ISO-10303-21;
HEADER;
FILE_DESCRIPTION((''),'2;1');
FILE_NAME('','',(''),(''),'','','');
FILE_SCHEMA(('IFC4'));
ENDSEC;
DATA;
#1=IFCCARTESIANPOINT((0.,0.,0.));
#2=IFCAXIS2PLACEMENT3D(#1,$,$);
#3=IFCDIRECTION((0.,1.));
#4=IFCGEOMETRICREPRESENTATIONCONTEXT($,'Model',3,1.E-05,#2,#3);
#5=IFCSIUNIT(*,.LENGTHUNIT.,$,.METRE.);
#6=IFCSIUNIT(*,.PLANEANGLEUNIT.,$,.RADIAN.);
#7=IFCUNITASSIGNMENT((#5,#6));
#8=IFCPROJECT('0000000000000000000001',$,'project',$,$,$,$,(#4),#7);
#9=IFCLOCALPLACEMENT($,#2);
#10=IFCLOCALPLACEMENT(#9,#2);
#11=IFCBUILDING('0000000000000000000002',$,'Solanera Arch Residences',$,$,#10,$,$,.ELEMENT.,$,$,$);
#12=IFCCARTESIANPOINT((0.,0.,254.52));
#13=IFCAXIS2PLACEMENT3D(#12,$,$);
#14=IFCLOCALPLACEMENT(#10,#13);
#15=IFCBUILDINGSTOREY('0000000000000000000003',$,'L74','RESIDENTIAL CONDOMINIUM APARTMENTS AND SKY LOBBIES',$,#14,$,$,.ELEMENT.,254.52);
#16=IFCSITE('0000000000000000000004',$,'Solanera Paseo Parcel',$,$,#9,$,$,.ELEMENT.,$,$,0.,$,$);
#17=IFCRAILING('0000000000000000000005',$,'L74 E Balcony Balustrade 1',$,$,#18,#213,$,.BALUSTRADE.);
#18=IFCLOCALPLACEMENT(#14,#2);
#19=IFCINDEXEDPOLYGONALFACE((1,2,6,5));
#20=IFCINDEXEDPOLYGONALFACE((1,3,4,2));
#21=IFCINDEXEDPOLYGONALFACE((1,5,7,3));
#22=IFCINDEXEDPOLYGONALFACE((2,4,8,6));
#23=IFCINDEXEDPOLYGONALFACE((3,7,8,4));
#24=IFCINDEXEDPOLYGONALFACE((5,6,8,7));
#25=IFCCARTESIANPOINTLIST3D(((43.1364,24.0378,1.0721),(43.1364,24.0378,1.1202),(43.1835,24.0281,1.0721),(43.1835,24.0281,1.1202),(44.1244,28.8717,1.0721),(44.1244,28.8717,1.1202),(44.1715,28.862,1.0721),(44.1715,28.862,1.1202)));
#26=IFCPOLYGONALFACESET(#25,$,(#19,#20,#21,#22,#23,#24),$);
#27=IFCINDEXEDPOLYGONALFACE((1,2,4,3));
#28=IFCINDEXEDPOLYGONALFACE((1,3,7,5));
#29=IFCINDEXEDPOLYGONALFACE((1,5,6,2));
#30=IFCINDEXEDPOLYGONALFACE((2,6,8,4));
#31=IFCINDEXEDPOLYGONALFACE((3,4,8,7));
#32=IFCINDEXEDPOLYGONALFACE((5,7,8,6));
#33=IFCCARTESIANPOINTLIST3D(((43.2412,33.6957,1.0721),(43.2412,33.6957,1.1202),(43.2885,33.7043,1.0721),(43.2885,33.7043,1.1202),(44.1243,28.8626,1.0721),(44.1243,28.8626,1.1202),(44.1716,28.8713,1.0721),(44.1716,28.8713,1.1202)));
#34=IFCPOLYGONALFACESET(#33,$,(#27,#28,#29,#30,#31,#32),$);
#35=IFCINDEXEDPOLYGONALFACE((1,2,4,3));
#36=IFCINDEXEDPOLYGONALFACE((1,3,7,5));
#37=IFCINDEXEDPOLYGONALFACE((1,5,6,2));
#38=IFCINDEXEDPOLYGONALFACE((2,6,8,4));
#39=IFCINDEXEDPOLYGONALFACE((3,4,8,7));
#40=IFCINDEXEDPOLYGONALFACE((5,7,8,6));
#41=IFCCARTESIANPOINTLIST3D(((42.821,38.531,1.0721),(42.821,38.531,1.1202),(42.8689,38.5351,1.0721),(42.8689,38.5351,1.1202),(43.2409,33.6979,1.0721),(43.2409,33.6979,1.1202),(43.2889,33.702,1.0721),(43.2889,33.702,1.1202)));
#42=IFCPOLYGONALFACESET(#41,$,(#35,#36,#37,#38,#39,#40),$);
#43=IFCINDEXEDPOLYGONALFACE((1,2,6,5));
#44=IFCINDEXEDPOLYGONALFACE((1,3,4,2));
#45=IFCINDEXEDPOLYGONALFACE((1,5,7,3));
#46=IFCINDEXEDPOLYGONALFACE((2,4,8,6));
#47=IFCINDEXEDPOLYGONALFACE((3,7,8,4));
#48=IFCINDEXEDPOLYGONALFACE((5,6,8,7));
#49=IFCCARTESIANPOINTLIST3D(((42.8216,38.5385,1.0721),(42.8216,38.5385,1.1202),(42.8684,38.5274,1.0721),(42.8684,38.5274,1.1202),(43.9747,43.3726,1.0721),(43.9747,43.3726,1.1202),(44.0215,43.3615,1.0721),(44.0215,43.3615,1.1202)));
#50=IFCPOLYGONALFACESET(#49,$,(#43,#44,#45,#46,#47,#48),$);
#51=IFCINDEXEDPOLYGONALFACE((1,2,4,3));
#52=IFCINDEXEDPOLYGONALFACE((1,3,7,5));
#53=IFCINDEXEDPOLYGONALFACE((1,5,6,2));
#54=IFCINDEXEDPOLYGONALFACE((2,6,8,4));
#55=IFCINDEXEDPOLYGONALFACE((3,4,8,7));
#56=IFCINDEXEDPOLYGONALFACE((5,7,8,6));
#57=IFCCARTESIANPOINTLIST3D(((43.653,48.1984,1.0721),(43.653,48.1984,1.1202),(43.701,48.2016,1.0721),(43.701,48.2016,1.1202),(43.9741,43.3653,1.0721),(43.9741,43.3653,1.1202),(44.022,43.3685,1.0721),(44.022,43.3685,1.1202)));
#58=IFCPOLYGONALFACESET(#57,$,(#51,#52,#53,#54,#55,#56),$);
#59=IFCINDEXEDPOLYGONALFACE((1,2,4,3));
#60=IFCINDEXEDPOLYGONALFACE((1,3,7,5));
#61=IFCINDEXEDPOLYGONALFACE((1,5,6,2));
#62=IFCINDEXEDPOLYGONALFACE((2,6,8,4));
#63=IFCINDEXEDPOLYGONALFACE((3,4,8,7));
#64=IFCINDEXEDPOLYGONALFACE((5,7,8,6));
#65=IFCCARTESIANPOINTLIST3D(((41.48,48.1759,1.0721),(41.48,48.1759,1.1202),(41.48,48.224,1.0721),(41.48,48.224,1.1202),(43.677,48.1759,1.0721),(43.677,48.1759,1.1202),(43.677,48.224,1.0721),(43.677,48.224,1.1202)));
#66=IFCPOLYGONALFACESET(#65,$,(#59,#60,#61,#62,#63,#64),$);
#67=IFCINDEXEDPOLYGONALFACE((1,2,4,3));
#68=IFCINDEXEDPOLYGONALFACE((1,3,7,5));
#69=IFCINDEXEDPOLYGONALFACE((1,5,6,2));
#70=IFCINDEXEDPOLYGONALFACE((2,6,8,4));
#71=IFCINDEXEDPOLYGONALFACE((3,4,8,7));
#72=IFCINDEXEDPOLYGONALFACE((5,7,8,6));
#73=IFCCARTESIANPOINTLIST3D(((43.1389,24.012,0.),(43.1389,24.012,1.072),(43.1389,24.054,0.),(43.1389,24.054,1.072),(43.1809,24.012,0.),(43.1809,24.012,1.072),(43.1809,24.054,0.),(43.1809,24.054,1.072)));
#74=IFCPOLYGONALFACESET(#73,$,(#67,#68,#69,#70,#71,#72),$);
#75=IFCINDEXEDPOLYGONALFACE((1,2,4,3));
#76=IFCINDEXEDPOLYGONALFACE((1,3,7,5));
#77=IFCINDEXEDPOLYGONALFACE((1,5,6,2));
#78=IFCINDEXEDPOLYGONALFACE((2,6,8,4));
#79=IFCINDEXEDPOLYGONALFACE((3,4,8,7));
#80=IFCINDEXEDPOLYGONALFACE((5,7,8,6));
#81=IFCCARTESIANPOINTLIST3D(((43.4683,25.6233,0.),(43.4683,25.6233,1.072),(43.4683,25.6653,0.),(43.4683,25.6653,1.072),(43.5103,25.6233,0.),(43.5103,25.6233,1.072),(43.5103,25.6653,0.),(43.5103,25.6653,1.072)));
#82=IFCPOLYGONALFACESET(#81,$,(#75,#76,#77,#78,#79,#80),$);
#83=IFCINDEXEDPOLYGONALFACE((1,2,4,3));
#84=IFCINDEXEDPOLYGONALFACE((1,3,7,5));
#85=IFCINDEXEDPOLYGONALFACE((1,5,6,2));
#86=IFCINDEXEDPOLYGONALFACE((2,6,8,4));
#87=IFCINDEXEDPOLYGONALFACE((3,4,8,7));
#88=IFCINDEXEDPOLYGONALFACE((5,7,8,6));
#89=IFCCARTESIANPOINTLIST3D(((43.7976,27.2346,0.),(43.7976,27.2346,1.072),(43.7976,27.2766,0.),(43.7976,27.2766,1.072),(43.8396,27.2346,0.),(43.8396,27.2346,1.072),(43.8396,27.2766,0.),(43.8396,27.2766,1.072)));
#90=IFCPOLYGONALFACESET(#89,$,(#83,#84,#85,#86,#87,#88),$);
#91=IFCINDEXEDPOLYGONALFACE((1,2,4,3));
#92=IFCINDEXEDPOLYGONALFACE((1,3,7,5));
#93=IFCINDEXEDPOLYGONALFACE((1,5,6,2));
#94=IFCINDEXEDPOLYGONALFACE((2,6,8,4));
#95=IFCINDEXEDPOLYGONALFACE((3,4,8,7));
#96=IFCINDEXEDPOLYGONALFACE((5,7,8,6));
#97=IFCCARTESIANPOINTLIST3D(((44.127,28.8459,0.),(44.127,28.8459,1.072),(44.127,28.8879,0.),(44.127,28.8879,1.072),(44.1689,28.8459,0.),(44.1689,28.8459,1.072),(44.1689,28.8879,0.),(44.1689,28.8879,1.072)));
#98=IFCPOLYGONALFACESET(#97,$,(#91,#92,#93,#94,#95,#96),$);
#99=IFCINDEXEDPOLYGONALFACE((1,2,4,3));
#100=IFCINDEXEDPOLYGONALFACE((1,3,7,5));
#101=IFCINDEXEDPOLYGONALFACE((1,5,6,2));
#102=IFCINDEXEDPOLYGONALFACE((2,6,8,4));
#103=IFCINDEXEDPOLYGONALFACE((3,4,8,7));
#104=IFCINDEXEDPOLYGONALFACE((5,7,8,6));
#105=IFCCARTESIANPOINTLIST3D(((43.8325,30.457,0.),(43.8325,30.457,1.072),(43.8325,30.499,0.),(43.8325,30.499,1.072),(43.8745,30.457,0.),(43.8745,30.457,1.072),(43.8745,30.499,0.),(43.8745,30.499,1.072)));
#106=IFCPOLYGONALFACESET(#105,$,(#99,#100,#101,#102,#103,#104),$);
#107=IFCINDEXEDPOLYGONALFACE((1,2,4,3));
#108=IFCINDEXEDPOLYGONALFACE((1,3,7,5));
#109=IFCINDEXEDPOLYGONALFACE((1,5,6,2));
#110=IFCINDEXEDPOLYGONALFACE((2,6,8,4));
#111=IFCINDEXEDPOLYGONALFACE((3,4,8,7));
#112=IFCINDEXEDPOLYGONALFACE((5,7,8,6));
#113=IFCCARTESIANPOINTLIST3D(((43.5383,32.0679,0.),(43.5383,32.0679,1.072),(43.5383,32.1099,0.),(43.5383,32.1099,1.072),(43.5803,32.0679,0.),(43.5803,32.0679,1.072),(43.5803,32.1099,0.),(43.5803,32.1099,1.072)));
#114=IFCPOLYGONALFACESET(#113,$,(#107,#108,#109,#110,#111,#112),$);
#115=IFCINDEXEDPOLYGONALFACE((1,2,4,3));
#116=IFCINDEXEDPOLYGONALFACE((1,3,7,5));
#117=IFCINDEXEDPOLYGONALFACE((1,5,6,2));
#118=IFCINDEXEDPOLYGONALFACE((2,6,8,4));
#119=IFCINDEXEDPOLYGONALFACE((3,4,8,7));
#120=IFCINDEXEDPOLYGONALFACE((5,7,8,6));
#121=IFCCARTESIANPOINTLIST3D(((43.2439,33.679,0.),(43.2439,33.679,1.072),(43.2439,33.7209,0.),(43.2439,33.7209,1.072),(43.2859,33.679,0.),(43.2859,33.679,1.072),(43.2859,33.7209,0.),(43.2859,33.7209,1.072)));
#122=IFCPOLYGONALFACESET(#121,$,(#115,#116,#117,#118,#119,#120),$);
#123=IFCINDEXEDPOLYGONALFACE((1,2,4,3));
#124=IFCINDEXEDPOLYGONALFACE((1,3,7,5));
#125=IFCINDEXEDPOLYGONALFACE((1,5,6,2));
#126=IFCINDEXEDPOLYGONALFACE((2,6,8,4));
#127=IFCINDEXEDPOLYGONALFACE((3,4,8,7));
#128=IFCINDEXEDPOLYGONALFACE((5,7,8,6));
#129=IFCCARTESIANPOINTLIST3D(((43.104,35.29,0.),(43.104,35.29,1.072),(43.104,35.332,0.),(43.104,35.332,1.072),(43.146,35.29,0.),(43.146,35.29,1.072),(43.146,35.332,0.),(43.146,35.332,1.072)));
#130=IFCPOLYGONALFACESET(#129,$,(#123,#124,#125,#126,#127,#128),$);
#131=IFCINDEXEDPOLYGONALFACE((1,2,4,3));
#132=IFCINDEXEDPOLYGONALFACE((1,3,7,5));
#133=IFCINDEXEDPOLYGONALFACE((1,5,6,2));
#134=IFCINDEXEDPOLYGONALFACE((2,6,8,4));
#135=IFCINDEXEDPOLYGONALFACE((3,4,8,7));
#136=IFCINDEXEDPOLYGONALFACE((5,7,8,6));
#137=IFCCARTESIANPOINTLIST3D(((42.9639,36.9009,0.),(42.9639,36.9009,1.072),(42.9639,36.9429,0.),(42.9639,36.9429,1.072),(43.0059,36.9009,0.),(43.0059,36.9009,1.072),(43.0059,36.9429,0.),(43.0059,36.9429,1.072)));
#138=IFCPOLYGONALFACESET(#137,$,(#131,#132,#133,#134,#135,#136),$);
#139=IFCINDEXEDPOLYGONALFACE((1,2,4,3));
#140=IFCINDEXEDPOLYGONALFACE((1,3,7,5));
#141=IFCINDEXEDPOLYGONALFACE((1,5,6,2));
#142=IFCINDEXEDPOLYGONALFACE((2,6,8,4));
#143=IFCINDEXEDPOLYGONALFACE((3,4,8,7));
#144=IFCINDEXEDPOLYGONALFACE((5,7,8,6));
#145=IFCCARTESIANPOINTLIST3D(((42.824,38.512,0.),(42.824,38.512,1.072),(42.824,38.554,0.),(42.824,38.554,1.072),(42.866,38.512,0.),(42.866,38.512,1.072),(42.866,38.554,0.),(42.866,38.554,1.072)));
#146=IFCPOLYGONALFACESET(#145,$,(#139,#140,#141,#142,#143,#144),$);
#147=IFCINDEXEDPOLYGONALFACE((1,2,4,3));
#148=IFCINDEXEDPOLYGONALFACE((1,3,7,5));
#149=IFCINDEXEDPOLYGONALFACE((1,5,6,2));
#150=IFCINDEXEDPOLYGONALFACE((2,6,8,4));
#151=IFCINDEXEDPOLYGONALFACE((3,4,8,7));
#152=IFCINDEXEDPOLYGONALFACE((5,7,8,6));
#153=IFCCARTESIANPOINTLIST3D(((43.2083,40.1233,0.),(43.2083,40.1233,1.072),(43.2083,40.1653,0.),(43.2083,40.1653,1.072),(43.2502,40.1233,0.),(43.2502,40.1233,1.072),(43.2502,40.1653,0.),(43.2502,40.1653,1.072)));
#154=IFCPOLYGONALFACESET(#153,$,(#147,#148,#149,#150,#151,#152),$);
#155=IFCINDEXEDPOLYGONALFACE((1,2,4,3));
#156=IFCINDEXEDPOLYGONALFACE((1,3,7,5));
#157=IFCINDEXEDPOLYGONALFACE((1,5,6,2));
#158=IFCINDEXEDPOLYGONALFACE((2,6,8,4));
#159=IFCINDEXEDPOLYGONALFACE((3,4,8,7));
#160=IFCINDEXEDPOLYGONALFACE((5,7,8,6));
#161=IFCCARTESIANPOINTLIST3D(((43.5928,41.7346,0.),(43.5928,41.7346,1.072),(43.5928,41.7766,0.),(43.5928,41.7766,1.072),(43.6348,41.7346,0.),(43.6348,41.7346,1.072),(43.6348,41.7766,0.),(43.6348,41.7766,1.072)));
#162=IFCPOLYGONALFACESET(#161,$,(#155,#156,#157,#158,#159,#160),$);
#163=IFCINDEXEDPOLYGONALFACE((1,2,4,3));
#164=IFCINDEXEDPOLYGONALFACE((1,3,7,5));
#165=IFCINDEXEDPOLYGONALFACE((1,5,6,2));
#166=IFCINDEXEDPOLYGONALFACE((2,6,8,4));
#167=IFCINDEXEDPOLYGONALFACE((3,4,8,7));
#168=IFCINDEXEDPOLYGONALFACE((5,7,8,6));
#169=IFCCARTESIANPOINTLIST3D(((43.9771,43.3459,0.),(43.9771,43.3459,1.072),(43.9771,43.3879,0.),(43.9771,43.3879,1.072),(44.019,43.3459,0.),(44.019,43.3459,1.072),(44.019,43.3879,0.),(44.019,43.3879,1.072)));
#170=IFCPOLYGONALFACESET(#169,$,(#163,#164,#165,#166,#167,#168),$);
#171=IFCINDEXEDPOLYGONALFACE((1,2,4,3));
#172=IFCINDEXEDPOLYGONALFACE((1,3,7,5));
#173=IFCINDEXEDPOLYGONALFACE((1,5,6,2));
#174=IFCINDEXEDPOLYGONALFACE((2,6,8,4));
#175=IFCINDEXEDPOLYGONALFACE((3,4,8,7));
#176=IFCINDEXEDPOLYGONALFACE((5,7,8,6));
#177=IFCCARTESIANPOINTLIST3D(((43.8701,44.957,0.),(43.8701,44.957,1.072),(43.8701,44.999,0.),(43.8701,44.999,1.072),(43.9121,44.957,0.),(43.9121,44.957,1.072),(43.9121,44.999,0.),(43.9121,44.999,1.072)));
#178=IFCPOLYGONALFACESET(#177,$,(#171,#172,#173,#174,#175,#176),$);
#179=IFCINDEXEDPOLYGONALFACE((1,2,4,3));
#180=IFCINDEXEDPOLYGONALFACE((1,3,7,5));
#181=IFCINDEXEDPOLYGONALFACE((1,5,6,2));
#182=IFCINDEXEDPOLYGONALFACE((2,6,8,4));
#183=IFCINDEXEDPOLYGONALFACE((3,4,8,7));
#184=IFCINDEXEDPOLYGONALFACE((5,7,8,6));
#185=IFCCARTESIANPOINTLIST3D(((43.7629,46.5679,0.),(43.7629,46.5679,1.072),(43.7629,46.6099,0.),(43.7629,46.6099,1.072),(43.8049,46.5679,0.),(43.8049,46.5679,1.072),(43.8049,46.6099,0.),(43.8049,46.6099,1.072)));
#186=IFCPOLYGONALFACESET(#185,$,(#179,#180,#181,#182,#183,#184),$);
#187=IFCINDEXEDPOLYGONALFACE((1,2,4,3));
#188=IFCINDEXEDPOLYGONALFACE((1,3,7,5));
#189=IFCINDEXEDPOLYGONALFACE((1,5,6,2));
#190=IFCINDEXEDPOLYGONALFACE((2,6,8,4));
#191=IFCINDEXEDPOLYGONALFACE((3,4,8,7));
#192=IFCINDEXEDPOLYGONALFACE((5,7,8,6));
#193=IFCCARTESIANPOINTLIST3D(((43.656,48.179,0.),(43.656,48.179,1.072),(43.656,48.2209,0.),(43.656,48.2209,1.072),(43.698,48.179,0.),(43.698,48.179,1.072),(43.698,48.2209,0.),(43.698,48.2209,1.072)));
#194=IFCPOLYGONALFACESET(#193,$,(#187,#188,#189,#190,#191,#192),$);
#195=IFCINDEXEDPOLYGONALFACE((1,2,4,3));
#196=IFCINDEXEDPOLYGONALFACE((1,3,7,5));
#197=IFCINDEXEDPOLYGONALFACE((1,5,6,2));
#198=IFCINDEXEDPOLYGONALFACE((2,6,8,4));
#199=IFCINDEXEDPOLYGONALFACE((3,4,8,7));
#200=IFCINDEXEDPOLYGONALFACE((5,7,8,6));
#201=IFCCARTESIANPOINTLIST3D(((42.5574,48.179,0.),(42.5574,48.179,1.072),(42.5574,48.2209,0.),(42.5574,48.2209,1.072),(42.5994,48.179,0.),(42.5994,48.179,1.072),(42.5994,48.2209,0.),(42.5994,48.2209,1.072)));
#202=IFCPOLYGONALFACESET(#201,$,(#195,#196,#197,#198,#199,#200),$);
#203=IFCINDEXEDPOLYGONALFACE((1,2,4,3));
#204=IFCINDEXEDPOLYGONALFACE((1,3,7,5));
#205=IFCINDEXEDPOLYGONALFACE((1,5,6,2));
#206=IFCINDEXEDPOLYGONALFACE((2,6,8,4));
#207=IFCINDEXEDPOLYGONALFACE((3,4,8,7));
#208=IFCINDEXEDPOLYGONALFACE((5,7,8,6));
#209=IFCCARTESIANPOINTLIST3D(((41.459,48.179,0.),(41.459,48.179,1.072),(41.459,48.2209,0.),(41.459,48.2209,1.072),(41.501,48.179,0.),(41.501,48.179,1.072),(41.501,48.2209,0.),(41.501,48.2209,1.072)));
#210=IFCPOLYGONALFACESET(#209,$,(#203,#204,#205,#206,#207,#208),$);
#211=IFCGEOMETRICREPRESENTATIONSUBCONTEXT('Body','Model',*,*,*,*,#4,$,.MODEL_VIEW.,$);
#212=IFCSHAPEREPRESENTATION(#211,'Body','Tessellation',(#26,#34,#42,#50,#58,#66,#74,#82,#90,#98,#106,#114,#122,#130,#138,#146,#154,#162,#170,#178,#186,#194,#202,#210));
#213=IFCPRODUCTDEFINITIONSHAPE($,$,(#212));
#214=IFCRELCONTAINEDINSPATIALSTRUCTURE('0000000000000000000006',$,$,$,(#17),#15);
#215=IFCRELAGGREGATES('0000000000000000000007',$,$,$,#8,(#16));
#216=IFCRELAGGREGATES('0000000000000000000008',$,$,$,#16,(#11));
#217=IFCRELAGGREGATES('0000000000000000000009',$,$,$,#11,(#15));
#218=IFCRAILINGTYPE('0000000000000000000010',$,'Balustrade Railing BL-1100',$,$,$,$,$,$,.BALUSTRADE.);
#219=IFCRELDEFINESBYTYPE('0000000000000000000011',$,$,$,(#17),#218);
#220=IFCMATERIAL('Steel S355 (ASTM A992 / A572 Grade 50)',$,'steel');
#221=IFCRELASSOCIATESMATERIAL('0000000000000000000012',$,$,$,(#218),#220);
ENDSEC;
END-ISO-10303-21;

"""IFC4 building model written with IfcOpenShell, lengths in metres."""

from ifc_helpers import new_model, si_unit, direction, frame, origin, origin_2d, place, context, subcontext, project, spatial, rectangle, extrude, material, type_object, element, save


model = new_model("IFC4")

# Units and contexts
model_context = context("Model", 3, precision=1e-05, world=origin(), true_north=direction((0.0, 1.0)))
body_context = subcontext(model_context, "Body", "Model", "MODEL_VIEW")
ifc_project = project(units=[si_unit("LENGTHUNIT", "METRE"), si_unit("PLANEANGLEUNIT", "RADIAN")], contexts=[model_context])

# Site, building, storey
site_placement = place(None, origin())
site = spatial("IfcSite", under=ifc_project, at=site_placement, Name="Solanera Paseo Parcel", CompositionType="ELEMENT", RefElevation=0.0)
building_placement = place(site_placement, origin())
building = spatial("IfcBuilding", under=site, at=building_placement, Name="Solanera Arch Residences", CompositionType="ELEMENT")
storey_placement = place(building_placement, frame((0.0, 0.0, 254.52)))
storey = spatial("IfcBuildingStorey", under=building, at=storey_placement, Name="L74", Description="RESIDENTIAL CONDOMINIUM APARTMENTS AND SKY LOBBIES", CompositionType="ELEMENT", Elevation=254.52)

# Railing
ifc_material_1 = material(Name="Steel S355 (ASTM A992 / A572 Grade 50)", Category="steel")
railing_type = type_object("IfcRailingType", Name="Balustrade Railing BL-1100", PredefinedType="BALUSTRADE", material=ifc_material_1)
railing_1_placement = place(storey_placement, frame((43.1599, 24.033, 0.0)))
element("IfcRailing", 1, at=railing_1_placement, inside=storey, type_object=railing_type, Name="L74 E Balcony Balustrade 1", PredefinedType="BALUSTRADE", context=body_context, shape_type="SweptSolid", body=[
    extrude(rectangle(XDim=0.0481, YDim=0.0481, at=origin_2d()), frame((0.0, 0.0, 1.0962), z_axis=(0.200254, 0.979744, 0.0), x_axis=(-0.979744, 0.200254, 0.0)), (0.0, 0.0, 1.0), 4.9338),
    extrude(rectangle(XDim=0.0481, YDim=0.0481, at=origin_2d()), frame((0.988, 4.834, 1.0962), z_axis=(-0.179738, 0.983714, 0.0), x_axis=(-0.983714, -0.179738, 0.0)), (0.0, 0.0, 1.0), 4.9131),
    extrude(rectangle(XDim=0.0481, YDim=0.0481, at=origin_2d()), frame((0.105, 9.667, 1.0962), z_axis=(-0.08656, 0.996247, 0.0), x_axis=(-0.996247, -0.08656, 0.0)), (0.0, 0.0, 1.0), 4.8513),
    extrude(rectangle(XDim=0.0481, YDim=0.0481, at=origin_2d()), frame((-0.3149, 14.5, 1.0962), z_axis=(0.232026, 0.97271, 0.0), x_axis=(-0.97271, 0.232026, 0.0)), (0.0, 0.0, 1.0), 4.9697),
    extrude(rectangle(XDim=0.0481, YDim=0.0481, at=origin_2d()), frame((0.8381, 19.334, 1.0962), z_axis=(-0.066281, 0.997801, 0.0), x_axis=(-0.997801, -0.066281, 0.0)), (0.0, 0.0, 1.0), 4.8438),
    extrude(rectangle(XDim=0.0481, YDim=0.0481, at=origin_2d()), frame((0.5171, 24.167, 1.0962), z_axis=(-1.0, 0.0, 0.0), x_axis=(0.0, -1.0, 0.0)), (0.0, 0.0, 1.0), 2.197),
    extrude(rectangle(XDim=0.042, YDim=0.042, at=origin_2d()), origin(), (0.0, 0.0, 1.0), 1.072),
    extrude(rectangle(XDim=0.042, YDim=0.042, at=origin_2d()), frame((0.3293, 1.6113, 0.0)), (0.0, 0.0, 1.0), 1.072),
    extrude(rectangle(XDim=0.042, YDim=0.042, at=origin_2d()), frame((0.6587, 3.2227, 0.0)), (0.0, 0.0, 1.0), 1.072),
    extrude(rectangle(XDim=0.042, YDim=0.042, at=origin_2d()), frame((0.988, 4.834, 0.0)), (0.0, 0.0, 1.0), 1.072),
    extrude(rectangle(XDim=0.042, YDim=0.042, at=origin_2d()), frame((0.6936, 6.4451, 0.0)), (0.0, 0.0, 1.0), 1.072),
    extrude(rectangle(XDim=0.042, YDim=0.042, at=origin_2d()), frame((0.3994, 8.0559, 0.0)), (0.0, 0.0, 1.0), 1.072),
    extrude(rectangle(XDim=0.042, YDim=0.042, at=origin_2d()), frame((0.105, 9.667, 0.0)), (0.0, 0.0, 1.0), 1.072),
    extrude(rectangle(XDim=0.042, YDim=0.042, at=origin_2d()), frame((-0.0349, 11.2781, 0.0)), (0.0, 0.0, 1.0), 1.072),
    extrude(rectangle(XDim=0.042, YDim=0.042, at=origin_2d()), frame((-0.175, 12.8889, 0.0)), (0.0, 0.0, 1.0), 1.072),
    extrude(rectangle(XDim=0.042, YDim=0.042, at=origin_2d()), frame((-0.3149, 14.5, 0.0)), (0.0, 0.0, 1.0), 1.072),
    extrude(rectangle(XDim=0.042, YDim=0.042, at=origin_2d()), frame((0.0693, 16.1113, 0.0)), (0.0, 0.0, 1.0), 1.072),
    extrude(rectangle(XDim=0.042, YDim=0.042, at=origin_2d()), frame((0.4539, 17.7227, 0.0)), (0.0, 0.0, 1.0), 1.072),
    extrude(rectangle(XDim=0.042, YDim=0.042, at=origin_2d()), frame((0.8381, 19.334, 0.0)), (0.0, 0.0, 1.0), 1.072),
    extrude(rectangle(XDim=0.042, YDim=0.042, at=origin_2d()), frame((0.7312, 20.9451, 0.0)), (0.0, 0.0, 1.0), 1.072),
    extrude(rectangle(XDim=0.042, YDim=0.042, at=origin_2d()), frame((0.624, 22.5559, 0.0)), (0.0, 0.0, 1.0), 1.072),
    extrude(rectangle(XDim=0.042, YDim=0.042, at=origin_2d()), frame((0.5171, 24.167, 0.0)), (0.0, 0.0, 1.0), 1.072),
    extrude(rectangle(XDim=0.042, YDim=0.042, at=origin_2d()), frame((-0.5815, 24.167, 0.0)), (0.0, 0.0, 1.0), 1.072),
    extrude(rectangle(XDim=0.042, YDim=0.042, at=origin_2d()), frame((-1.6799, 24.167, 0.0)), (0.0, 0.0, 1.0), 1.072),
])

save(model, "model.ifc")
